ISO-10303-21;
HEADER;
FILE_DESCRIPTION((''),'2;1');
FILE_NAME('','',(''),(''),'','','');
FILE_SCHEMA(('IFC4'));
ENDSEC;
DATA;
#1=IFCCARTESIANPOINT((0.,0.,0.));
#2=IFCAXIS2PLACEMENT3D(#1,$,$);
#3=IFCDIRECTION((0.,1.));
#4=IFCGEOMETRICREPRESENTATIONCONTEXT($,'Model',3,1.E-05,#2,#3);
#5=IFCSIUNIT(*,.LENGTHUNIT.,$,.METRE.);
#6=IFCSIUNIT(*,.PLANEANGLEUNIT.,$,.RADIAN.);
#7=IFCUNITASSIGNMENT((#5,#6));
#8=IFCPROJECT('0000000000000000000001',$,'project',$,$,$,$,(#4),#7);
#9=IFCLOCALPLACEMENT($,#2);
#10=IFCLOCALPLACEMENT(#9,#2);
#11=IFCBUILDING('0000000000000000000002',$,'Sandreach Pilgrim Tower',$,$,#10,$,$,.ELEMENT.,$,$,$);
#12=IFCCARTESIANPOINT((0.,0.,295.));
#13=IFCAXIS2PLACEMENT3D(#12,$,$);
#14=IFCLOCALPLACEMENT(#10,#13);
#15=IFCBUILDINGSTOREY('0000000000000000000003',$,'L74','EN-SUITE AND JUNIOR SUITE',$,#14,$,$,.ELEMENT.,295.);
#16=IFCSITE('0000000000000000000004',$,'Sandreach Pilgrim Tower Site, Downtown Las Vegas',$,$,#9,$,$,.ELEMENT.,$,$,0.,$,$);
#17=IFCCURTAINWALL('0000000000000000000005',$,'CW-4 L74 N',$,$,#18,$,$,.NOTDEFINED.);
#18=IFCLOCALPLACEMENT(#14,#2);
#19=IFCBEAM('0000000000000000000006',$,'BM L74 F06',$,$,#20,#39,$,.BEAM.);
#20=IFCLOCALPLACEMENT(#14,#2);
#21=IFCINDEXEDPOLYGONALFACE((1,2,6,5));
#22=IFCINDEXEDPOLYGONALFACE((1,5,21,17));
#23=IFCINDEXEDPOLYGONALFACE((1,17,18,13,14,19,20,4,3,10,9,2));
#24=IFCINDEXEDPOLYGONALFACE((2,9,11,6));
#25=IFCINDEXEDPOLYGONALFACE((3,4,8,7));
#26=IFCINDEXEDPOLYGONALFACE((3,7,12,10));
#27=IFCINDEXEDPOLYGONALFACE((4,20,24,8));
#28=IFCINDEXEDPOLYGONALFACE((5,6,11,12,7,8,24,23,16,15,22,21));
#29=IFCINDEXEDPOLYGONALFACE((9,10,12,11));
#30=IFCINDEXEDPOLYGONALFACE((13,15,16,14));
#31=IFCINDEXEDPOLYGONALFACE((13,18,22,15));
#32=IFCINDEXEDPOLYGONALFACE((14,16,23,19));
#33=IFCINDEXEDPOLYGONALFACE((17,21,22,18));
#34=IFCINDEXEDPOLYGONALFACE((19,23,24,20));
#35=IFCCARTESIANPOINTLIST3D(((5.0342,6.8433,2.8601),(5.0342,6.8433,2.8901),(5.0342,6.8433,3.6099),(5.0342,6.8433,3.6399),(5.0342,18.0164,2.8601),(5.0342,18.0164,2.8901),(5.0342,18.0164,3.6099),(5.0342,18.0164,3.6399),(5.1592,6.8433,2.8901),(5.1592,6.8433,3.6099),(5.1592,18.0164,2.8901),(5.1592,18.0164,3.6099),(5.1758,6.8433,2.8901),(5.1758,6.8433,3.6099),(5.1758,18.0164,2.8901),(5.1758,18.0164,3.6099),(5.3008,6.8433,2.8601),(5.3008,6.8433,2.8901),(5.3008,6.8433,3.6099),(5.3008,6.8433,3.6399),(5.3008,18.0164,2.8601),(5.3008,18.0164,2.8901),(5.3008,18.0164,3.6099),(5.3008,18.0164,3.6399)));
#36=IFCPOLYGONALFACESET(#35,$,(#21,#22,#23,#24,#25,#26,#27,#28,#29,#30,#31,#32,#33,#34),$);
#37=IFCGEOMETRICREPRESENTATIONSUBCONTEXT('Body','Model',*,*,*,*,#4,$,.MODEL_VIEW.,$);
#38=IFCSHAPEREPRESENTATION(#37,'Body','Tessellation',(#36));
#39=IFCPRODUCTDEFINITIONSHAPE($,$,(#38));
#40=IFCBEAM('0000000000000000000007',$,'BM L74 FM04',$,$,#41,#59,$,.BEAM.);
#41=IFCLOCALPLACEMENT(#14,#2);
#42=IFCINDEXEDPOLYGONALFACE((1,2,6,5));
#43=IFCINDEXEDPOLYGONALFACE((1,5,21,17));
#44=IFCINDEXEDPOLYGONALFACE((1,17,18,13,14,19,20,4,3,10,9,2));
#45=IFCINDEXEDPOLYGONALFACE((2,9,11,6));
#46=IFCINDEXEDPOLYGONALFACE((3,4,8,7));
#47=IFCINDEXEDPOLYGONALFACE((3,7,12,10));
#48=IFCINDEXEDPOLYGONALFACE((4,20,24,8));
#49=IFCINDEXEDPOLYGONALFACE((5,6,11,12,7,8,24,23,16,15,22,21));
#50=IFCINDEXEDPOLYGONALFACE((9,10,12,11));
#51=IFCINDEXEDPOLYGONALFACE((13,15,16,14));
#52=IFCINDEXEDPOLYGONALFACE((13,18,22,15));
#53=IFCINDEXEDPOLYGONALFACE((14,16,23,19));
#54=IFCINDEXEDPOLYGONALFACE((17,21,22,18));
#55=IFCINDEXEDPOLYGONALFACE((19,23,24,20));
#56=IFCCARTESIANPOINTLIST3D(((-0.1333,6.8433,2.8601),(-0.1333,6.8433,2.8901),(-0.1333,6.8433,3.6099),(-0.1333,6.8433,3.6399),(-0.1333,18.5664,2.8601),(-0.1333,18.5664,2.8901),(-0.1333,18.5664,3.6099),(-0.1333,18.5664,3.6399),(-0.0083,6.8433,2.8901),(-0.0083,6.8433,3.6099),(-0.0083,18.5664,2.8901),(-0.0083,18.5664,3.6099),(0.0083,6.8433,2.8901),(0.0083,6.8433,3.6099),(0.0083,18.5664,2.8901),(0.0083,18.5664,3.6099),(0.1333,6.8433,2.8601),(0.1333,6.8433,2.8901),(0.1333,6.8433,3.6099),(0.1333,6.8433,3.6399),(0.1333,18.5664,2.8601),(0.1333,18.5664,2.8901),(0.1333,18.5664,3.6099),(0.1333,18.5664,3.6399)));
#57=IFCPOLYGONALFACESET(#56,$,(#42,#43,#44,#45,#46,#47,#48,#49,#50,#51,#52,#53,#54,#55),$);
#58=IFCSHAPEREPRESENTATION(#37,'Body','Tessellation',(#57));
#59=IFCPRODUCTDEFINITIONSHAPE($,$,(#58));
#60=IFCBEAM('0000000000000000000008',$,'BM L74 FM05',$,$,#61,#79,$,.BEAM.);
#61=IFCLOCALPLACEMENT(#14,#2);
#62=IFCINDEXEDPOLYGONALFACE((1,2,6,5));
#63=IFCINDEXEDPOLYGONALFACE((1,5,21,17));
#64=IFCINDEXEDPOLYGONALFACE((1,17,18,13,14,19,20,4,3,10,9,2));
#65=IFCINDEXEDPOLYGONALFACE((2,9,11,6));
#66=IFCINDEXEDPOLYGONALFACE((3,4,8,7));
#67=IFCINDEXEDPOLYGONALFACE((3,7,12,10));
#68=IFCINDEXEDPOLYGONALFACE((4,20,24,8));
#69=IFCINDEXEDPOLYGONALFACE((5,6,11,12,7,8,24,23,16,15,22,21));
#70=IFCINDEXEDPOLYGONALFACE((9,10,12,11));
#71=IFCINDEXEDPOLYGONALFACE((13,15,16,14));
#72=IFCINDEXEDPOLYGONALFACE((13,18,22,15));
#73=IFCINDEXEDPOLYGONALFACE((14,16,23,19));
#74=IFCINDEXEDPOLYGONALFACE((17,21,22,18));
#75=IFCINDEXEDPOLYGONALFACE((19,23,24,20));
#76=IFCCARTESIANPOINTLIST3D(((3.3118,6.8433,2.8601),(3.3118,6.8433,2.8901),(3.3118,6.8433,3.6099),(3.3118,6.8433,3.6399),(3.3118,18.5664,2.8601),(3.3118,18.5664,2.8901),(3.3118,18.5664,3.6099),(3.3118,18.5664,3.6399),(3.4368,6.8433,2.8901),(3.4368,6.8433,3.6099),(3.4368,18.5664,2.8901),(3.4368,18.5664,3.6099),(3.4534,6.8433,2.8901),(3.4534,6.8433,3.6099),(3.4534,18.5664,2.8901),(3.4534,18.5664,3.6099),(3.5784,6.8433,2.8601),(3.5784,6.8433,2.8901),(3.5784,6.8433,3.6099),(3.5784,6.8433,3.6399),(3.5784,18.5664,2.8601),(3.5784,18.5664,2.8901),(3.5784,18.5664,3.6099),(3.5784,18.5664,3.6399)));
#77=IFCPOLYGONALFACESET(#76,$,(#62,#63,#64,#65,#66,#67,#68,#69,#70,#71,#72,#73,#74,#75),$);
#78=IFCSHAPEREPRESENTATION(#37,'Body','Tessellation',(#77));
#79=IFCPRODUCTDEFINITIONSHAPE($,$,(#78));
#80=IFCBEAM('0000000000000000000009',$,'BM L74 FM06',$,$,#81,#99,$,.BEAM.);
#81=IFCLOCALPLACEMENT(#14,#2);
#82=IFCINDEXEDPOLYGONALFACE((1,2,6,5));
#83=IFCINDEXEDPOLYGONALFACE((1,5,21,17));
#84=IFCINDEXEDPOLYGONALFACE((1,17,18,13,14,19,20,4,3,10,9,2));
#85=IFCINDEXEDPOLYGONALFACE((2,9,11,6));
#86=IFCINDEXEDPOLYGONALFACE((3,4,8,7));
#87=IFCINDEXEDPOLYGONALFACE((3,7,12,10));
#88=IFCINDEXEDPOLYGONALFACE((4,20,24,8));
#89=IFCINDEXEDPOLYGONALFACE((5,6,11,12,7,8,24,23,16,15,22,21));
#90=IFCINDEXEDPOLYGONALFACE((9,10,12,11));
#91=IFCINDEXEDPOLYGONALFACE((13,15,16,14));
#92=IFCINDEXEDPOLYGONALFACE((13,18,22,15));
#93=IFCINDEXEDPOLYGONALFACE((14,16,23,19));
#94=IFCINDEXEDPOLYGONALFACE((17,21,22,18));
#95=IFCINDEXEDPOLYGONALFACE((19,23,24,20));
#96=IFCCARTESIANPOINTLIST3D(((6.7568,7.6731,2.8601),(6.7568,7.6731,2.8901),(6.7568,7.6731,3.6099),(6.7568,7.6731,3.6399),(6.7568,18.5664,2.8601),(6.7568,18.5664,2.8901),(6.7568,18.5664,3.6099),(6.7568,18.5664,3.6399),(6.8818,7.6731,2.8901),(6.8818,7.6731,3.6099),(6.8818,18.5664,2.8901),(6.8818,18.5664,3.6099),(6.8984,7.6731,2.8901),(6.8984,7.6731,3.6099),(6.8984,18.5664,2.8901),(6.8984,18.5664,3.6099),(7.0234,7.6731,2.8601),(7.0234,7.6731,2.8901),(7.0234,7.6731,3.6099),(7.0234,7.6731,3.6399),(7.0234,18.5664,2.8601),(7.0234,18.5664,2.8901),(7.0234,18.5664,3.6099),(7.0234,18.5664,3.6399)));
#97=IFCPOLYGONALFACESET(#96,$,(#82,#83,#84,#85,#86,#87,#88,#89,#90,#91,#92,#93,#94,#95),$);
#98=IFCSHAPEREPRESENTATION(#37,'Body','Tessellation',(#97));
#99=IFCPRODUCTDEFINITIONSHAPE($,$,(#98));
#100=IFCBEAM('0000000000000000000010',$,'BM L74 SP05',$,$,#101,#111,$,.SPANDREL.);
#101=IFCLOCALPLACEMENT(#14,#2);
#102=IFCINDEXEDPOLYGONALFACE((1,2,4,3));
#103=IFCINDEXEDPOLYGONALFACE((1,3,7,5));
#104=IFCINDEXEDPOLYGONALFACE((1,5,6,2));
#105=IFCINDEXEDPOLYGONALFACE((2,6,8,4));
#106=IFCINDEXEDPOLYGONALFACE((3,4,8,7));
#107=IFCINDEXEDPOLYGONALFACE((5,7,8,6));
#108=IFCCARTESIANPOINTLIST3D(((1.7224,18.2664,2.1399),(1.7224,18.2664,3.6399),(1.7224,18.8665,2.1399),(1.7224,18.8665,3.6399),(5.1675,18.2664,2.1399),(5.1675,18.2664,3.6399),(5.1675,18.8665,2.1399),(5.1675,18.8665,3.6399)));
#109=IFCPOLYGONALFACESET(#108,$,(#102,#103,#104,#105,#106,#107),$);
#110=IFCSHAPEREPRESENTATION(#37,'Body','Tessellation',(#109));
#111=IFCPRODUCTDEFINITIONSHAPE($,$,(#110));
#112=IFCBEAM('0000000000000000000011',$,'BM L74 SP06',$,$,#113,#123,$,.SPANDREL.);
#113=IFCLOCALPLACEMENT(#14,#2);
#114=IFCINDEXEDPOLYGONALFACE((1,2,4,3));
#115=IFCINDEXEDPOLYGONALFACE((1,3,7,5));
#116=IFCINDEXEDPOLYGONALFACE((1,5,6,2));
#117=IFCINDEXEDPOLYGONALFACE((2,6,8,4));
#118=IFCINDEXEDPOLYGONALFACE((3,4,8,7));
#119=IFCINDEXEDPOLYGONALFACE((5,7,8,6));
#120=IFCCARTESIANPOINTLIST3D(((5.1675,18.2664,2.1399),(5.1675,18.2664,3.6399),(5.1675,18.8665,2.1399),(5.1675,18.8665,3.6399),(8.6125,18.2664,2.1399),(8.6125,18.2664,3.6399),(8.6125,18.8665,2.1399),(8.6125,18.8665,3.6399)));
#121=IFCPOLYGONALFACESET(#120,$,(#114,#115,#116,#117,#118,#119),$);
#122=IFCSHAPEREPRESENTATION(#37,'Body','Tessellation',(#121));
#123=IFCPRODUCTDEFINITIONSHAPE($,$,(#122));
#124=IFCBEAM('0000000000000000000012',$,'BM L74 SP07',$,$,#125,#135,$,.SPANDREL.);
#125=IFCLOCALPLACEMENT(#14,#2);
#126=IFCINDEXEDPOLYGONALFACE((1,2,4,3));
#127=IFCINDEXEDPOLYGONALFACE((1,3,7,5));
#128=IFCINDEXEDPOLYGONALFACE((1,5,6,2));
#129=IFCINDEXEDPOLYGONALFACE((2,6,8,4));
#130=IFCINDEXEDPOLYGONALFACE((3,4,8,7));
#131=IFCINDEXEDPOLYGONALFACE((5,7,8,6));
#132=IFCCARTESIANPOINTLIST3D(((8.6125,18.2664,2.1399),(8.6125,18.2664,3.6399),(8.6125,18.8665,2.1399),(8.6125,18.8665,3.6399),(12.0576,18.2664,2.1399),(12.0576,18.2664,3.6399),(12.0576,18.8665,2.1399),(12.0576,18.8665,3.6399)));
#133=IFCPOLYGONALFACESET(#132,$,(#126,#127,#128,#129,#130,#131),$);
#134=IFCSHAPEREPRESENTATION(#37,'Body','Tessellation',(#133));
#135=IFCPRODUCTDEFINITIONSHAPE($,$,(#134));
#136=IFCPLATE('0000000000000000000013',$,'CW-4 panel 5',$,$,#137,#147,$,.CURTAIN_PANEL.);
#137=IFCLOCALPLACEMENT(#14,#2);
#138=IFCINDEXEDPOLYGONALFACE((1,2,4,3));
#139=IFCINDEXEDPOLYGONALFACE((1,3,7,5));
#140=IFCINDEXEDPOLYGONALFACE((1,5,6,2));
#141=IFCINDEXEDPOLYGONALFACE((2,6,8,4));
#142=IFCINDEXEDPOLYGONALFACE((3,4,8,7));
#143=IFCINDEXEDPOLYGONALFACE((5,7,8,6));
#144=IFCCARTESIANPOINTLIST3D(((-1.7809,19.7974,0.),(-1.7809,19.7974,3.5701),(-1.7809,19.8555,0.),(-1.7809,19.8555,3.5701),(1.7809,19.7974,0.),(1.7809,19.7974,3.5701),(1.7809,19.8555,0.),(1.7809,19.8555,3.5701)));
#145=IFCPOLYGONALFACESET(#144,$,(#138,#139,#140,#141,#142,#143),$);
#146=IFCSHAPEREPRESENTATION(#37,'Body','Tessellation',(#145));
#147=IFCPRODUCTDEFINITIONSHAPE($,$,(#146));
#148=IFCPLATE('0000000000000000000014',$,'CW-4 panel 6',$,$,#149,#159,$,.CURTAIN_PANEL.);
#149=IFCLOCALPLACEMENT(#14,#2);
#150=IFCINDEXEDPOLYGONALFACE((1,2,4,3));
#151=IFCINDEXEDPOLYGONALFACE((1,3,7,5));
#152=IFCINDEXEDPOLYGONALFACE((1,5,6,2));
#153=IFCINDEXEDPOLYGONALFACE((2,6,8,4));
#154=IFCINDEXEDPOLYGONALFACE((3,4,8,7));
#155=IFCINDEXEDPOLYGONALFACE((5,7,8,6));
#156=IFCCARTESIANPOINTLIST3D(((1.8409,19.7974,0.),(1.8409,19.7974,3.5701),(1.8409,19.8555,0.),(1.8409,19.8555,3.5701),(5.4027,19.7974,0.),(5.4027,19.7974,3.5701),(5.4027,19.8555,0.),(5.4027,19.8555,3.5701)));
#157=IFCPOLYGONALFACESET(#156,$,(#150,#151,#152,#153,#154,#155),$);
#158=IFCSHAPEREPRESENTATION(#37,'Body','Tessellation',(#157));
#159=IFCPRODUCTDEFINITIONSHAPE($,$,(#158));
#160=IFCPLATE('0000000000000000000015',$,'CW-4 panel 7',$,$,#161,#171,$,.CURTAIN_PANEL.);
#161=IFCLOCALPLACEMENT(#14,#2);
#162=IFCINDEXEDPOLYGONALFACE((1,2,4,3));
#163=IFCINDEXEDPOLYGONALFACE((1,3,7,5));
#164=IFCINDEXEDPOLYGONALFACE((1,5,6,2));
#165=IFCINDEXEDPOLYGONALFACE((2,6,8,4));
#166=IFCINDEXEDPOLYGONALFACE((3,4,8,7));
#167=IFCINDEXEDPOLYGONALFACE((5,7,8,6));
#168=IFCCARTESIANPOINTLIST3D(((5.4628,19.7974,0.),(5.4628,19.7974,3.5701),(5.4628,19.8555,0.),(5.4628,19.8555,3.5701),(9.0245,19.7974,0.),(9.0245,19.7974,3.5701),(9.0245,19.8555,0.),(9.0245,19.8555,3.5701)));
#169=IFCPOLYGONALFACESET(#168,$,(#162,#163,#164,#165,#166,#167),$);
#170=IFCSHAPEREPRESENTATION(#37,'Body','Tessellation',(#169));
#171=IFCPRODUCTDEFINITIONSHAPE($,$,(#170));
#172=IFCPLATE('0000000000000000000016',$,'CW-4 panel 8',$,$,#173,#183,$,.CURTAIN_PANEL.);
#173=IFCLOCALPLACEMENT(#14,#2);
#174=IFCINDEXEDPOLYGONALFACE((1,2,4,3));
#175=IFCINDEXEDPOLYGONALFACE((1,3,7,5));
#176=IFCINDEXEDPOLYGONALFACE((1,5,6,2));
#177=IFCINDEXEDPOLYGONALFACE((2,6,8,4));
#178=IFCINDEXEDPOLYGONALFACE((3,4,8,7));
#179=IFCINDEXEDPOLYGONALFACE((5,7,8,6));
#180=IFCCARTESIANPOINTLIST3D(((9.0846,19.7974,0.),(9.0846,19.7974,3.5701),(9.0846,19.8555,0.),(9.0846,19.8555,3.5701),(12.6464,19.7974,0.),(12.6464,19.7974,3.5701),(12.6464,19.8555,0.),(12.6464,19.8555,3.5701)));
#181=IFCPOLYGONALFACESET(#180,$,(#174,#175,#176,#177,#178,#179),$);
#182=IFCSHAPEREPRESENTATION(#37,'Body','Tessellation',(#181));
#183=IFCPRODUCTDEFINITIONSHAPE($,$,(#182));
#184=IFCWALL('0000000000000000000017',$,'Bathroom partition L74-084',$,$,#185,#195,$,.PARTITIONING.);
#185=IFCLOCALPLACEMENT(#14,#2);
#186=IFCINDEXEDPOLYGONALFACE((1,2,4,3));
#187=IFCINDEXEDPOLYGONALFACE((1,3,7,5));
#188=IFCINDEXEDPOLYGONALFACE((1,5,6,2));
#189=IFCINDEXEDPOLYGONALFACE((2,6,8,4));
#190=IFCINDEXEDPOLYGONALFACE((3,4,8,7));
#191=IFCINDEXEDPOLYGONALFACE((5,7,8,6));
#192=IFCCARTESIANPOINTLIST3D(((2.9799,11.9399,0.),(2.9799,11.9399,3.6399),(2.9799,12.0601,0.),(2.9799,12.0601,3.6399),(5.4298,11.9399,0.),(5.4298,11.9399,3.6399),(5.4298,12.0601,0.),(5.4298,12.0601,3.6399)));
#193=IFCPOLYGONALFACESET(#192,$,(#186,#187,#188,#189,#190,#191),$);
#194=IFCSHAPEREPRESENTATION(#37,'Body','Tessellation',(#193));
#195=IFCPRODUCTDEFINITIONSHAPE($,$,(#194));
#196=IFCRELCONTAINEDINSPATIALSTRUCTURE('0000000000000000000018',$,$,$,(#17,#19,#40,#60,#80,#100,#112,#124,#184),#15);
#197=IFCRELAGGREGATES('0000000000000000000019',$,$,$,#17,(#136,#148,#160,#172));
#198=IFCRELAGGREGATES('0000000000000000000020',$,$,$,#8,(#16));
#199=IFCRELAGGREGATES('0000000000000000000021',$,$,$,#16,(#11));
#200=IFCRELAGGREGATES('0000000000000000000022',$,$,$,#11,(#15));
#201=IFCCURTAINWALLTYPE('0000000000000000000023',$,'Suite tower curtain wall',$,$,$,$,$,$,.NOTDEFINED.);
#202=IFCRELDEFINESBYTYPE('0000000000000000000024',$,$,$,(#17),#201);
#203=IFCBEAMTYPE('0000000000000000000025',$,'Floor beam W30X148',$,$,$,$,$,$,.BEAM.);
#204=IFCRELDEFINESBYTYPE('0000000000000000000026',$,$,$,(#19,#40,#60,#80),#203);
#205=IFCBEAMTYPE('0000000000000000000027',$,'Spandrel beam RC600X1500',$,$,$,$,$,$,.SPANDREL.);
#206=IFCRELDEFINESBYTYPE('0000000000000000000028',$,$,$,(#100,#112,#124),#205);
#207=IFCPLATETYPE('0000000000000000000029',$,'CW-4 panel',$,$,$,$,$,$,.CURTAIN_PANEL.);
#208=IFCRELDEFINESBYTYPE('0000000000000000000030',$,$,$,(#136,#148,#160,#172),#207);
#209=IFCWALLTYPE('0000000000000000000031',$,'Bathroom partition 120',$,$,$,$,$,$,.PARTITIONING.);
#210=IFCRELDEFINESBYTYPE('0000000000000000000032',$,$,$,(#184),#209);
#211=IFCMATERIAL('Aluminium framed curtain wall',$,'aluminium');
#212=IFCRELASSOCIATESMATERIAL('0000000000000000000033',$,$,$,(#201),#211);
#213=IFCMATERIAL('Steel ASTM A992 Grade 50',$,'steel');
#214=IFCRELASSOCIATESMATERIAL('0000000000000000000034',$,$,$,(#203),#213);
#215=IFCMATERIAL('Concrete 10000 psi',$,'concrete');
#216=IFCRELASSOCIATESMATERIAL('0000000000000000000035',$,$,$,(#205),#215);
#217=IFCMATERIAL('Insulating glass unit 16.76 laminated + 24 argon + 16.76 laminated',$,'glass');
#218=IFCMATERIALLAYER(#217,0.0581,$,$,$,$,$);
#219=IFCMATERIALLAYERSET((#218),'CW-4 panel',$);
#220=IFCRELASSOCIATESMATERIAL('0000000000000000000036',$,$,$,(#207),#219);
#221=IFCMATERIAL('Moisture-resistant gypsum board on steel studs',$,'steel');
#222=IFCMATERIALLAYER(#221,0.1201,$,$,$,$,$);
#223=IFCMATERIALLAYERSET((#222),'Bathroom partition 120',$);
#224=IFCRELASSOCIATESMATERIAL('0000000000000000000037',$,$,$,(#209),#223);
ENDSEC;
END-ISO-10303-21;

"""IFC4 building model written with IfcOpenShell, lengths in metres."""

from ifc_helpers import new_model, si_unit, direction, frame, frame_2d, origin, origin_2d, place, context, subcontext, project, spatial, rectangle, i_section, extrude, material, layer, layer_set, material_profile, profile_set, type_object, element, aggregate, save


model = new_model("IFC4")

# Units and contexts
model_context = context("Model", 3, precision=1e-05, world=origin(), true_north=direction((0.0, 1.0)))
body_context = subcontext(model_context, "Body", "Model", "MODEL_VIEW")
ifc_project = project(units=[si_unit("LENGTHUNIT", "METRE"), si_unit("PLANEANGLEUNIT", "RADIAN")], contexts=[model_context])

# Site, building, storey
site_placement = place(None, origin())
site = spatial("IfcSite", under=ifc_project, at=site_placement, Name="Sandreach Pilgrim Tower Site, Downtown Las Vegas", CompositionType="ELEMENT", RefElevation=0.0)
building_placement = place(site_placement, origin())
building = spatial("IfcBuilding", under=site, at=building_placement, Name="Sandreach Pilgrim Tower", CompositionType="ELEMENT")
storey_placement = place(building_placement, frame((0.0, 0.0, 295.0)))
storey = spatial("IfcBuildingStorey", under=building, at=storey_placement, Name="L74", Description="EN-SUITE AND JUNIOR SUITE", CompositionType="ELEMENT", Elevation=295.0)

# Curtain wall
ifc_material_1 = material(Name="Aluminium framed curtain wall", Category="aluminium")
curtain_wall_type = type_object("IfcCurtainWallType", Name="Suite tower curtain wall", PredefinedType="NOTDEFINED", material=ifc_material_1)
curtain_wall_placement = place(storey_placement, origin())
curtain_wall = element("IfcCurtainWall", 1, at=curtain_wall_placement, inside=storey, type_object=curtain_wall_type, Name="CW-4 L74 N", PredefinedType="NOTDEFINED")

# Beams
ifc_material_2 = material(Name="Steel ASTM A992 Grade 50", Category="steel")
ifc_material_profile_1 = material_profile(ifc_material_2, i_section(OverallWidth=0.2666, OverallDepth=0.7798, WebThickness=0.0166, FlangeThickness=0.03, at=origin_2d()), Name="W30X148")
ifc_profile_set_1 = profile_set([ifc_material_profile_1], Name="Steel ASTM A992 Grade 50")
beam_type_1 = type_object("IfcBeamType", Name="Floor beam W30X148", PredefinedType="BEAM", material=ifc_profile_set_1)
for number, where, z_axis, x_axis, name in (
    (2, (5.1675, 18.0164, 3.25), (0.0, -1.0, 0.0), (1.0, 0.0, 0.0), "BM L74 F06"),
):
    element("IfcBeam", number, at=place(storey_placement, frame(where, z_axis=z_axis, x_axis=x_axis)), inside=storey, type_object=beam_type_1, Name=name, PredefinedType="BEAM", context=body_context, shape_type="SweptSolid", body=[
        extrude(i_section(OverallWidth=0.2666, OverallDepth=0.7798, WebThickness=0.0166, FlangeThickness=0.03, at=origin_2d()), origin(), (0.0, 0.0, 1.0), 11.1731),
    ])
for number, where, z_axis, x_axis, name in (
    (3, (0.0, 18.5664, 3.25), (0.0, -1.0, 0.0), (1.0, 0.0, 0.0), "BM L74 FM04"),
    (4, (3.4451, 18.5664, 3.25), (0.0, -1.0, 0.0), (1.0, 0.0, 0.0), "BM L74 FM05"),
):
    element("IfcBeam", number, at=place(storey_placement, frame(where, z_axis=z_axis, x_axis=x_axis)), inside=storey, type_object=beam_type_1, Name=name, PredefinedType="BEAM", context=body_context, shape_type="SweptSolid", body=[
        extrude(i_section(OverallWidth=0.2666, OverallDepth=0.7798, WebThickness=0.0166, FlangeThickness=0.03, at=origin_2d()), origin(), (0.0, 0.0, 1.0), 11.7231),
    ])
beam_1_placement = place(storey_placement, frame((6.8901, 18.5664, 3.25), z_axis=(0.0, -1.0, 0.0), x_axis=(1.0, 0.0, 0.0)))
element("IfcBeam", 5, at=beam_1_placement, inside=storey, type_object=beam_type_1, Name="BM L74 FM06", PredefinedType="BEAM", context=body_context, shape_type="SweptSolid", body=[
    extrude(i_section(OverallWidth=0.2666, OverallDepth=0.7798, WebThickness=0.0166, FlangeThickness=0.03, at=origin_2d()), origin(), (0.0, 0.0, 1.0), 10.8933),
])
ifc_material_3 = material(Name="Concrete 10000 psi", Category="concrete")
ifc_material_profile_2 = material_profile(ifc_material_3, rectangle(XDim=0.6001, YDim=1.5, at=origin_2d()), Name="RC600X1500")
ifc_profile_set_2 = profile_set([ifc_material_profile_2], Name="Concrete 10000 psi")
beam_type_2 = type_object("IfcBeamType", Name="Spandrel beam RC600X1500", PredefinedType="SPANDREL", material=ifc_profile_set_2)
for number, where, z_axis, x_axis, name in (
    (6, (1.7224, 18.5664, 2.8899), (1.0, 0.0, 0.0), (0.0, 1.0, 0.0), "BM L74 SP05"),
    (7, (5.1675, 18.5664, 2.8899), (1.0, 0.0, 0.0), (0.0, 1.0, 0.0), "BM L74 SP06"),
    (8, (8.6125, 18.5664, 2.8899), (1.0, 0.0, 0.0), (0.0, 1.0, 0.0), "BM L74 SP07"),
):
    element("IfcBeam", number, at=place(storey_placement, frame(where, z_axis=z_axis, x_axis=x_axis)), inside=storey, type_object=beam_type_2, Name=name, PredefinedType="SPANDREL", context=body_context, shape_type="SweptSolid", body=[
        extrude(rectangle(XDim=0.6001, YDim=1.5, at=origin_2d()), origin(), (0.0, 0.0, 1.0), 3.4451),
    ])

# Plates
ifc_material_4 = material(Name="Insulating glass unit 16.76 laminated + 24 argon + 16.76 laminated", Category="glass")
ifc_layer_1 = layer(ifc_material_4, 0.0581)
ifc_layer_set_1 = layer_set([ifc_layer_1], Name="CW-4 panel")
plate_type = type_object("IfcPlateType", Name="CW-4 panel", PredefinedType="CURTAIN_PANEL", material=ifc_layer_set_1)
plate_1_placement = place(storey_placement, frame((0.0, 19.8264, 0.0), z_axis=(0.0, 0.0, 1.0), x_axis=(1.0, 0.0, 0.0)))
plate_1 = element("IfcPlate", 9, at=plate_1_placement, type_object=plate_type, Name="CW-4 panel 5", PredefinedType="CURTAIN_PANEL", context=body_context, shape_type="SweptSolid", body=[
    extrude(rectangle(XDim=3.5618, YDim=0.0581, at=origin_2d()), origin(), (0.0, 0.0, 1.0), 3.5701),
])
plate_2_placement = place(storey_placement, frame((3.6218, 19.8264, 0.0), z_axis=(0.0, 0.0, 1.0), x_axis=(1.0, 0.0, 0.0)))
plate_2 = element("IfcPlate", 10, at=plate_2_placement, type_object=plate_type, Name="CW-4 panel 6", PredefinedType="CURTAIN_PANEL", context=body_context, shape_type="SweptSolid", body=[
    extrude(rectangle(XDim=3.5618, YDim=0.0581, at=origin_2d()), origin(), (0.0, 0.0, 1.0), 3.5701),
])
plate_3_placement = place(storey_placement, frame((7.2437, 19.8264, 0.0), z_axis=(0.0, 0.0, 1.0), x_axis=(1.0, 0.0, 0.0)))
plate_3 = element("IfcPlate", 11, at=plate_3_placement, type_object=plate_type, Name="CW-4 panel 7", PredefinedType="CURTAIN_PANEL", context=body_context, shape_type="SweptSolid", body=[
    extrude(rectangle(XDim=3.5618, YDim=0.0581, at=origin_2d()), origin(), (0.0, 0.0, 1.0), 3.5701),
])
plate_4_placement = place(storey_placement, frame((10.8655, 19.8264, 0.0), z_axis=(0.0, 0.0, 1.0), x_axis=(1.0, 0.0, 0.0)))
plate_4 = element("IfcPlate", 12, at=plate_4_placement, type_object=plate_type, Name="CW-4 panel 8", PredefinedType="CURTAIN_PANEL", context=body_context, shape_type="SweptSolid", body=[
    extrude(rectangle(XDim=3.5618, YDim=0.0581, at=origin_2d()), origin(), (0.0, 0.0, 1.0), 3.5701),
])
aggregate(curtain_wall, [plate_1, plate_2, plate_3, plate_4])

# Wall
ifc_material_5 = material(Name="Moisture-resistant gypsum board on steel studs", Category="steel")
ifc_layer_2 = layer(ifc_material_5, 0.1201)
ifc_layer_set_2 = layer_set([ifc_layer_2], Name="Bathroom partition 120")
wall_type_1 = type_object("IfcWallType", Name="Bathroom partition 120", PredefinedType="PARTITIONING", material=ifc_layer_set_2)
wall_1_placement = place(storey_placement, frame((5.4299, 12.0, 0.0), z_axis=(0.0, 0.0, 1.0), x_axis=(-1.0, 0.0, 0.0)))
element("IfcWall", 13, at=wall_1_placement, inside=storey, type_object=wall_type_1, Name="Bathroom partition L74-084", PredefinedType="PARTITIONING", context=body_context, shape_type="SweptSolid", body=[
    extrude(rectangle(XDim=2.45, YDim=0.1201, at=frame_2d((1.2251, 0.0))), origin(), (0.0, 0.0, 1.0), 3.6399),
])

save(model, "model.ifc")
